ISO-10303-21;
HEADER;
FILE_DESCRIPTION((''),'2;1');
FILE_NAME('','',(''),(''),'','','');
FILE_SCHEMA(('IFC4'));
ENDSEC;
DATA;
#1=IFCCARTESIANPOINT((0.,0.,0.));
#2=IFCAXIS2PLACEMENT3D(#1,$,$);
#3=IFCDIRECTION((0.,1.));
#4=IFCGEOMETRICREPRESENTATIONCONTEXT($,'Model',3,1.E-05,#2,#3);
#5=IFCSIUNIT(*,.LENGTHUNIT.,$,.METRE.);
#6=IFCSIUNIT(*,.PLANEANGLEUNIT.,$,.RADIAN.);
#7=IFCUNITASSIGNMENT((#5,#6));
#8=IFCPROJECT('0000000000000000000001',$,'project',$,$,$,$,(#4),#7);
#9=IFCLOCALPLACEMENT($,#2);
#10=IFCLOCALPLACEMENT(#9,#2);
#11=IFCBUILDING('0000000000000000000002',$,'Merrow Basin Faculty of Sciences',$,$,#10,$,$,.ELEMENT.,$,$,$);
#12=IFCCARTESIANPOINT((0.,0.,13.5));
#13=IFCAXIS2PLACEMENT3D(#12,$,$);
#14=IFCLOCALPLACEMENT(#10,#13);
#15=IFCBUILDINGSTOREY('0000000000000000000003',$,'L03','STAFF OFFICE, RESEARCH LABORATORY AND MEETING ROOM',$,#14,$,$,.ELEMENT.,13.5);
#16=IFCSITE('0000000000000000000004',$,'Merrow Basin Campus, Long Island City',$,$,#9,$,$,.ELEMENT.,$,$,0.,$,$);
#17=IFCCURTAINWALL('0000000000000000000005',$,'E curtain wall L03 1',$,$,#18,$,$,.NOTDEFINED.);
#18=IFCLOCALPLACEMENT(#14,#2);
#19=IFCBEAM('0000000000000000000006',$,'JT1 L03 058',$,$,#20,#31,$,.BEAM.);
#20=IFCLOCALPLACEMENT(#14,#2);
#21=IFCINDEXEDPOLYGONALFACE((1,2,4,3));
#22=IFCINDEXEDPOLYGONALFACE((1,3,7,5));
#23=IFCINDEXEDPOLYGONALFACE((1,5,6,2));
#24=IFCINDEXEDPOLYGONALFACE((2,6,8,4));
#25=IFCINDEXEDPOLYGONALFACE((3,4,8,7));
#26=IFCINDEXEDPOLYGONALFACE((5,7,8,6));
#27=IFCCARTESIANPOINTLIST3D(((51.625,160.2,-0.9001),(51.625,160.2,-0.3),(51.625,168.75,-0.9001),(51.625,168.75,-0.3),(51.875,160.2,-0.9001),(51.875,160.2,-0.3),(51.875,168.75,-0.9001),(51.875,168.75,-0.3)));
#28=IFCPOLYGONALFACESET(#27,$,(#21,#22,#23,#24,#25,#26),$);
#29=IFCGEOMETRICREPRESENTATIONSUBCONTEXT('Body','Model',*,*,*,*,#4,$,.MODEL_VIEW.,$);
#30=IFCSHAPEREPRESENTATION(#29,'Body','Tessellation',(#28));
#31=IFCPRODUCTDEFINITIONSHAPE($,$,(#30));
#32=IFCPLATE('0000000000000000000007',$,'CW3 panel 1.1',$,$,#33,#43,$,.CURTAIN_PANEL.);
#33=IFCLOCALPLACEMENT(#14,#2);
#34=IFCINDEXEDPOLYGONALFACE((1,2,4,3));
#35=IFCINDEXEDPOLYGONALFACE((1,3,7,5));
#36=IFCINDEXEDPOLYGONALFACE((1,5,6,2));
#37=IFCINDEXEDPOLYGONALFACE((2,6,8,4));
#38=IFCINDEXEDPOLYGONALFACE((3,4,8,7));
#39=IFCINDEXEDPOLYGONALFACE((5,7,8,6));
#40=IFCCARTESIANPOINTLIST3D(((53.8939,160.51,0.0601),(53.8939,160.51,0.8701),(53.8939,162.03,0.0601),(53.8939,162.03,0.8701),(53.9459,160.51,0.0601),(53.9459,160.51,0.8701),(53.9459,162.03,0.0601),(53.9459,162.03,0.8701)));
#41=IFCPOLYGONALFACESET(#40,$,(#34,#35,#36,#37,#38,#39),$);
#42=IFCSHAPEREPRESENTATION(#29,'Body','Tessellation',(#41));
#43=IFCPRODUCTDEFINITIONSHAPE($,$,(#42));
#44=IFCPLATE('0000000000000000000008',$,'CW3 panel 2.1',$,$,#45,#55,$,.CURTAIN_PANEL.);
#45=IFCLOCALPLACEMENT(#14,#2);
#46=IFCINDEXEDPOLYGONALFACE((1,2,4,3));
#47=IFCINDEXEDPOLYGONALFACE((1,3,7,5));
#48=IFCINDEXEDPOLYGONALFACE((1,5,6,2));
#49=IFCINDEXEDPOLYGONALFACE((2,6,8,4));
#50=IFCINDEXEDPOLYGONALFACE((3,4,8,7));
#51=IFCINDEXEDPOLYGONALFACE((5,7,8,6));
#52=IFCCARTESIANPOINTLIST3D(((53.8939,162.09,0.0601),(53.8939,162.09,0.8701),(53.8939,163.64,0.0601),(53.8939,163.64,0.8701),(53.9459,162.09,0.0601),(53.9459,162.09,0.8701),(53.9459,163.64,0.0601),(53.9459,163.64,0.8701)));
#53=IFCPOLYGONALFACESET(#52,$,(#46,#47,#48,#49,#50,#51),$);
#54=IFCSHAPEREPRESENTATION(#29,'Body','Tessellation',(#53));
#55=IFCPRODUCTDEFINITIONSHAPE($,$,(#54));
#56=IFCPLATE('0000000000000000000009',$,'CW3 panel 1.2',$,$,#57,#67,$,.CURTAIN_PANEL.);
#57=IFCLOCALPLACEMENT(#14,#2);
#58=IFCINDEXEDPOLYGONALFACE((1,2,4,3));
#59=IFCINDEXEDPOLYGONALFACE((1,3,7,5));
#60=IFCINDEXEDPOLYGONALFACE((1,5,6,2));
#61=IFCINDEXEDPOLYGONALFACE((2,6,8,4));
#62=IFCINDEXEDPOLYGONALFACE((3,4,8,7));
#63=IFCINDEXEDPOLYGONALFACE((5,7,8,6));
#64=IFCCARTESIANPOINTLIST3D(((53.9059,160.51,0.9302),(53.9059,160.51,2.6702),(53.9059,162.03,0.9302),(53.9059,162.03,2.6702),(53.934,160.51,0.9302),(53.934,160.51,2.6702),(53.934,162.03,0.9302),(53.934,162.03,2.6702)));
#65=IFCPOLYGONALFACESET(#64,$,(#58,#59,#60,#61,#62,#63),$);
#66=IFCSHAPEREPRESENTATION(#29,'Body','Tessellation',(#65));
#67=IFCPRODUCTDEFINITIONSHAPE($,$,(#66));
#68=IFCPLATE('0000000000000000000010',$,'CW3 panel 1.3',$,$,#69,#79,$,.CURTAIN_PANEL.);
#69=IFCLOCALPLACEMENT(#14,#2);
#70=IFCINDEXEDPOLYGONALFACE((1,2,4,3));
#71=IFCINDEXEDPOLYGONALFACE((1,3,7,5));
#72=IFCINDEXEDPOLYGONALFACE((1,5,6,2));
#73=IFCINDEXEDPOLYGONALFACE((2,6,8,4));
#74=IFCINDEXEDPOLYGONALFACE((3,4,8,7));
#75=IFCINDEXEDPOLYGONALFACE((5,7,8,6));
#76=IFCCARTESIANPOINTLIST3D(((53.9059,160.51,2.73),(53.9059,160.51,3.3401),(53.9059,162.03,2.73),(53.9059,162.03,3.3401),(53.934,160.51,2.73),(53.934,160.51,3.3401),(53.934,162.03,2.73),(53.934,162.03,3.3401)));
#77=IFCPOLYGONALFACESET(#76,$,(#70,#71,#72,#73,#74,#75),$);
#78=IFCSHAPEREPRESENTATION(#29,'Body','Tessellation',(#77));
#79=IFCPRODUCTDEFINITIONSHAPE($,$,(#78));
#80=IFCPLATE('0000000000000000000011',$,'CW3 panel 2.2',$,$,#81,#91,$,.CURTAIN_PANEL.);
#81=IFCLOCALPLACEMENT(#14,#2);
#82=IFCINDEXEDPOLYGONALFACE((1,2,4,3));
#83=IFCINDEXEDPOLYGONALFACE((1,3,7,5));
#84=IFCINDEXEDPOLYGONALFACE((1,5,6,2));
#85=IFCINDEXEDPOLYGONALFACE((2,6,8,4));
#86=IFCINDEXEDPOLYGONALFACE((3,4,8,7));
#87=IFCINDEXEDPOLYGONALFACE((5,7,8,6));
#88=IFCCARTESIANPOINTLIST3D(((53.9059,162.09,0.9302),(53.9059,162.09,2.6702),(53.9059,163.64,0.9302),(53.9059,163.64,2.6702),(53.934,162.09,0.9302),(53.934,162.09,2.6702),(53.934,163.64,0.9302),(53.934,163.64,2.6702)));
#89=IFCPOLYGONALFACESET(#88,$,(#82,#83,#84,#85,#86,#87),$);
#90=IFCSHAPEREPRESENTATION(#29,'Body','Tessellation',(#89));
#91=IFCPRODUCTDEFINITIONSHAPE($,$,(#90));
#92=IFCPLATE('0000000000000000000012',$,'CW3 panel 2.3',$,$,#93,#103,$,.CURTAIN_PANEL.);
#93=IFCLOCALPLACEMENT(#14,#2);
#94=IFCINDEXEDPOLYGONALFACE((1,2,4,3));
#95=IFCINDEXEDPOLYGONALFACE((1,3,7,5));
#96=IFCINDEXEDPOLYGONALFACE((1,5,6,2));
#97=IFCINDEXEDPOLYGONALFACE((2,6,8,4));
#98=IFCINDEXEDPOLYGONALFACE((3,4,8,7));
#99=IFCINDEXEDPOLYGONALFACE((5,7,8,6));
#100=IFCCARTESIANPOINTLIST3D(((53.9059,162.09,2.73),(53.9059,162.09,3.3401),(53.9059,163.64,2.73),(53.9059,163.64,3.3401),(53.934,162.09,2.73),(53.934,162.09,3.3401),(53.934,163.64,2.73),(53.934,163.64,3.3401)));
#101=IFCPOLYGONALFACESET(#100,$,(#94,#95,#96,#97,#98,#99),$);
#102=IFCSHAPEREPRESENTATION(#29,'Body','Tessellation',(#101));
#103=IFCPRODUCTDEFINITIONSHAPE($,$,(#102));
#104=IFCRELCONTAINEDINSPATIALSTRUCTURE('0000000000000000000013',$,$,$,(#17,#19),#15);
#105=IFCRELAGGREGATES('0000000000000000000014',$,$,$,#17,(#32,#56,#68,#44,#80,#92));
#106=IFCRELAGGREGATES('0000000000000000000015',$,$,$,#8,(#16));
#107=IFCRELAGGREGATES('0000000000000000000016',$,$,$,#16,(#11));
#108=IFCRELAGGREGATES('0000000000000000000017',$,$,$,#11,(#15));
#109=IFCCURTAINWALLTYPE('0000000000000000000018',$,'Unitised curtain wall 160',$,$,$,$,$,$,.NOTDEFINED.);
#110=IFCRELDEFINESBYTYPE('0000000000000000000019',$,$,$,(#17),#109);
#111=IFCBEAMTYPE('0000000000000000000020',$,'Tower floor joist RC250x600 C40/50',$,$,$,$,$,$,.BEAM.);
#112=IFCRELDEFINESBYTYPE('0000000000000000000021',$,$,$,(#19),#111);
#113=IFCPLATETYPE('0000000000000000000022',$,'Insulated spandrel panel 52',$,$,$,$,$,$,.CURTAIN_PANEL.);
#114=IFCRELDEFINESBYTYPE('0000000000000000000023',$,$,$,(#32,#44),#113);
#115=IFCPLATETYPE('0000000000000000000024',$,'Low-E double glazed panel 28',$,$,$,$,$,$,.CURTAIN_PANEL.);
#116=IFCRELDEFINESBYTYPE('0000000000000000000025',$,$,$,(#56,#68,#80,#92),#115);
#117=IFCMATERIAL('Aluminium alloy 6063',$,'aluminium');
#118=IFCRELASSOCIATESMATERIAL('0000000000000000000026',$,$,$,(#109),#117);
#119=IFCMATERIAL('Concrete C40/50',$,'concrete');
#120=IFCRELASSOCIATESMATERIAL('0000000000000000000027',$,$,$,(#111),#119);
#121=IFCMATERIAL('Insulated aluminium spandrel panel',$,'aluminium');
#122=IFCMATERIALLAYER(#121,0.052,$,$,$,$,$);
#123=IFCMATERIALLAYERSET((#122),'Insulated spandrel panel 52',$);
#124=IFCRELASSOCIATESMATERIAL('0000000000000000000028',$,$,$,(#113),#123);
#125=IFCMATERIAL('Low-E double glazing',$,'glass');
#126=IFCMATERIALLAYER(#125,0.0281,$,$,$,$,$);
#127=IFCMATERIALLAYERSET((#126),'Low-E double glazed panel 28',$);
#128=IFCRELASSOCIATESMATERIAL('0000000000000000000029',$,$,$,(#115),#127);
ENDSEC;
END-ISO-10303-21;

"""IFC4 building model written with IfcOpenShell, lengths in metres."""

from ifc_helpers import new_model, si_unit, direction, frame, origin, origin_2d, place, context, subcontext, project, spatial, rectangle, extrude, material, layer, layer_set, material_profile, profile_set, type_object, element, aggregate, save


model = new_model("IFC4")

# Units and contexts
model_context = context("Model", 3, precision=1e-05, world=origin(), true_north=direction((0.0, 1.0)))
body_context = subcontext(model_context, "Body", "Model", "MODEL_VIEW")
ifc_project = project(units=[si_unit("LENGTHUNIT", "METRE"), si_unit("PLANEANGLEUNIT", "RADIAN")], contexts=[model_context])

# Site, building, storey
site_placement = place(None, origin())
site = spatial("IfcSite", under=ifc_project, at=site_placement, Name="Merrow Basin Campus, Long Island City", CompositionType="ELEMENT", RefElevation=0.0)
building_placement = place(site_placement, origin())
building = spatial("IfcBuilding", under=site, at=building_placement, Name="Merrow Basin Faculty of Sciences", CompositionType="ELEMENT")
storey_placement = place(building_placement, frame((0.0, 0.0, 13.5)))
storey = spatial("IfcBuildingStorey", under=building, at=storey_placement, Name="L03", Description="STAFF OFFICE, RESEARCH LABORATORY AND MEETING ROOM", CompositionType="ELEMENT", Elevation=13.5)

# Curtain wall
ifc_material_1 = material(Name="Aluminium alloy 6063", Category="aluminium")
curtain_wall_type = type_object("IfcCurtainWallType", Name="Unitised curtain wall 160", PredefinedType="NOTDEFINED", material=ifc_material_1)
curtain_wall_placement = place(storey_placement, origin())
curtain_wall = element("IfcCurtainWall", 1, at=curtain_wall_placement, inside=storey, type_object=curtain_wall_type, Name="E curtain wall L03 1", PredefinedType="NOTDEFINED")

# Beam
ifc_material_2 = material(Name="Concrete C40/50", Category="concrete")
ifc_material_profile_1 = material_profile(ifc_material_2, rectangle(XDim=0.25, YDim=0.6001, at=origin_2d()))
ifc_profile_set_1 = profile_set([ifc_material_profile_1], Name="Concrete C40/50")
beam_type_1 = type_object("IfcBeamType", Name="Tower floor joist RC250x600 C40/50", PredefinedType="BEAM", material=ifc_profile_set_1)
for number, where, z_axis, x_axis, name in (
    (2, (51.75, 160.2, -0.6001), (0.0, 1.0, 0.0), (-1.0, 0.0, 0.0), "JT1 L03 058"),
):
    element("IfcBeam", number, at=place(storey_placement, frame(where, z_axis=z_axis, x_axis=x_axis)), inside=storey, type_object=beam_type_1, Name=name, PredefinedType="BEAM", context=body_context, shape_type="SweptSolid", body=[
        extrude(rectangle(XDim=0.25, YDim=0.6001, at=origin_2d()), origin(), (0.0, 0.0, 1.0), 8.55),
    ])

# Plates
ifc_material_3 = material(Name="Insulated aluminium spandrel panel", Category="aluminium")
ifc_layer_1 = layer(ifc_material_3, 0.052)
ifc_layer_set_1 = layer_set([ifc_layer_1], Name="Insulated spandrel panel 52")
plate_type_1 = type_object("IfcPlateType", Name="Insulated spandrel panel 52", PredefinedType="CURTAIN_PANEL", material=ifc_layer_set_1)
plate_1_placement = place(storey_placement, frame((53.9199, 161.27, 0.0601), z_axis=(0.0, 0.0, 1.0), x_axis=(0.0, 1.0, 0.0)))
plate_1 = element("IfcPlate", 3, at=plate_1_placement, type_object=plate_type_1, Name="CW3 panel 1.1", PredefinedType="CURTAIN_PANEL", context=body_context, shape_type="SweptSolid", body=[
    extrude(rectangle(XDim=1.52, YDim=0.052, at=origin_2d()), origin(), (0.0, 0.0, 1.0), 0.8101),
])
plate_2_placement = place(storey_placement, frame((53.9199, 162.865, 0.0601), z_axis=(0.0, 0.0, 1.0), x_axis=(0.0, 1.0, 0.0)))
plate_2 = element("IfcPlate", 4, at=plate_2_placement, type_object=plate_type_1, Name="CW3 panel 2.1", PredefinedType="CURTAIN_PANEL", context=body_context, shape_type="SweptSolid", body=[
    extrude(rectangle(XDim=1.55, YDim=0.052, at=origin_2d()), origin(), (0.0, 0.0, 1.0), 0.8101),
])
ifc_material_4 = material(Name="Low-E double glazing", Category="glass")
ifc_layer_2 = layer(ifc_material_4, 0.0281)
ifc_layer_set_2 = layer_set([ifc_layer_2], Name="Low-E double glazed panel 28")
plate_type_2 = type_object("IfcPlateType", Name="Low-E double glazed panel 28", PredefinedType="CURTAIN_PANEL", material=ifc_layer_set_2)
plate_3_placement = place(storey_placement, frame((53.9199, 161.27, 0.9302), z_axis=(0.0, 0.0, 1.0), x_axis=(0.0, 1.0, 0.0)))
plate_3 = element("IfcPlate", 5, at=plate_3_placement, type_object=plate_type_2, Name="CW3 panel 1.2", PredefinedType="CURTAIN_PANEL", context=body_context, shape_type="SweptSolid", body=[
    extrude(rectangle(XDim=1.52, YDim=0.0281, at=origin_2d()), origin(), (0.0, 0.0, 1.0), 1.74),
])
plate_4_placement = place(storey_placement, frame((53.9199, 161.27, 2.73), z_axis=(0.0, 0.0, 1.0), x_axis=(0.0, 1.0, 0.0)))
plate_4 = element("IfcPlate", 6, at=plate_4_placement, type_object=plate_type_2, Name="CW3 panel 1.3", PredefinedType="CURTAIN_PANEL", context=body_context, shape_type="SweptSolid", body=[
    extrude(rectangle(XDim=1.52, YDim=0.0281, at=origin_2d()), origin(), (0.0, 0.0, 1.0), 0.6101),
])
plate_5_placement = place(storey_placement, frame((53.9199, 162.865, 0.9302), z_axis=(0.0, 0.0, 1.0), x_axis=(0.0, 1.0, 0.0)))
plate_5 = element("IfcPlate", 7, at=plate_5_placement, type_object=plate_type_2, Name="CW3 panel 2.2", PredefinedType="CURTAIN_PANEL", context=body_context, shape_type="SweptSolid", body=[
    extrude(rectangle(XDim=1.55, YDim=0.0281, at=origin_2d()), origin(), (0.0, 0.0, 1.0), 1.74),
])
plate_6_placement = place(storey_placement, frame((53.9199, 162.865, 2.73), z_axis=(0.0, 0.0, 1.0), x_axis=(0.0, 1.0, 0.0)))
plate_6 = element("IfcPlate", 8, at=plate_6_placement, type_object=plate_type_2, Name="CW3 panel 2.3", PredefinedType="CURTAIN_PANEL", context=body_context, shape_type="SweptSolid", body=[
    extrude(rectangle(XDim=1.55, YDim=0.0281, at=origin_2d()), origin(), (0.0, 0.0, 1.0), 0.6101),
])
aggregate(curtain_wall, [plate_1, plate_3, plate_4, plate_2, plate_5, plate_6])

save(model, "model.ifc")
